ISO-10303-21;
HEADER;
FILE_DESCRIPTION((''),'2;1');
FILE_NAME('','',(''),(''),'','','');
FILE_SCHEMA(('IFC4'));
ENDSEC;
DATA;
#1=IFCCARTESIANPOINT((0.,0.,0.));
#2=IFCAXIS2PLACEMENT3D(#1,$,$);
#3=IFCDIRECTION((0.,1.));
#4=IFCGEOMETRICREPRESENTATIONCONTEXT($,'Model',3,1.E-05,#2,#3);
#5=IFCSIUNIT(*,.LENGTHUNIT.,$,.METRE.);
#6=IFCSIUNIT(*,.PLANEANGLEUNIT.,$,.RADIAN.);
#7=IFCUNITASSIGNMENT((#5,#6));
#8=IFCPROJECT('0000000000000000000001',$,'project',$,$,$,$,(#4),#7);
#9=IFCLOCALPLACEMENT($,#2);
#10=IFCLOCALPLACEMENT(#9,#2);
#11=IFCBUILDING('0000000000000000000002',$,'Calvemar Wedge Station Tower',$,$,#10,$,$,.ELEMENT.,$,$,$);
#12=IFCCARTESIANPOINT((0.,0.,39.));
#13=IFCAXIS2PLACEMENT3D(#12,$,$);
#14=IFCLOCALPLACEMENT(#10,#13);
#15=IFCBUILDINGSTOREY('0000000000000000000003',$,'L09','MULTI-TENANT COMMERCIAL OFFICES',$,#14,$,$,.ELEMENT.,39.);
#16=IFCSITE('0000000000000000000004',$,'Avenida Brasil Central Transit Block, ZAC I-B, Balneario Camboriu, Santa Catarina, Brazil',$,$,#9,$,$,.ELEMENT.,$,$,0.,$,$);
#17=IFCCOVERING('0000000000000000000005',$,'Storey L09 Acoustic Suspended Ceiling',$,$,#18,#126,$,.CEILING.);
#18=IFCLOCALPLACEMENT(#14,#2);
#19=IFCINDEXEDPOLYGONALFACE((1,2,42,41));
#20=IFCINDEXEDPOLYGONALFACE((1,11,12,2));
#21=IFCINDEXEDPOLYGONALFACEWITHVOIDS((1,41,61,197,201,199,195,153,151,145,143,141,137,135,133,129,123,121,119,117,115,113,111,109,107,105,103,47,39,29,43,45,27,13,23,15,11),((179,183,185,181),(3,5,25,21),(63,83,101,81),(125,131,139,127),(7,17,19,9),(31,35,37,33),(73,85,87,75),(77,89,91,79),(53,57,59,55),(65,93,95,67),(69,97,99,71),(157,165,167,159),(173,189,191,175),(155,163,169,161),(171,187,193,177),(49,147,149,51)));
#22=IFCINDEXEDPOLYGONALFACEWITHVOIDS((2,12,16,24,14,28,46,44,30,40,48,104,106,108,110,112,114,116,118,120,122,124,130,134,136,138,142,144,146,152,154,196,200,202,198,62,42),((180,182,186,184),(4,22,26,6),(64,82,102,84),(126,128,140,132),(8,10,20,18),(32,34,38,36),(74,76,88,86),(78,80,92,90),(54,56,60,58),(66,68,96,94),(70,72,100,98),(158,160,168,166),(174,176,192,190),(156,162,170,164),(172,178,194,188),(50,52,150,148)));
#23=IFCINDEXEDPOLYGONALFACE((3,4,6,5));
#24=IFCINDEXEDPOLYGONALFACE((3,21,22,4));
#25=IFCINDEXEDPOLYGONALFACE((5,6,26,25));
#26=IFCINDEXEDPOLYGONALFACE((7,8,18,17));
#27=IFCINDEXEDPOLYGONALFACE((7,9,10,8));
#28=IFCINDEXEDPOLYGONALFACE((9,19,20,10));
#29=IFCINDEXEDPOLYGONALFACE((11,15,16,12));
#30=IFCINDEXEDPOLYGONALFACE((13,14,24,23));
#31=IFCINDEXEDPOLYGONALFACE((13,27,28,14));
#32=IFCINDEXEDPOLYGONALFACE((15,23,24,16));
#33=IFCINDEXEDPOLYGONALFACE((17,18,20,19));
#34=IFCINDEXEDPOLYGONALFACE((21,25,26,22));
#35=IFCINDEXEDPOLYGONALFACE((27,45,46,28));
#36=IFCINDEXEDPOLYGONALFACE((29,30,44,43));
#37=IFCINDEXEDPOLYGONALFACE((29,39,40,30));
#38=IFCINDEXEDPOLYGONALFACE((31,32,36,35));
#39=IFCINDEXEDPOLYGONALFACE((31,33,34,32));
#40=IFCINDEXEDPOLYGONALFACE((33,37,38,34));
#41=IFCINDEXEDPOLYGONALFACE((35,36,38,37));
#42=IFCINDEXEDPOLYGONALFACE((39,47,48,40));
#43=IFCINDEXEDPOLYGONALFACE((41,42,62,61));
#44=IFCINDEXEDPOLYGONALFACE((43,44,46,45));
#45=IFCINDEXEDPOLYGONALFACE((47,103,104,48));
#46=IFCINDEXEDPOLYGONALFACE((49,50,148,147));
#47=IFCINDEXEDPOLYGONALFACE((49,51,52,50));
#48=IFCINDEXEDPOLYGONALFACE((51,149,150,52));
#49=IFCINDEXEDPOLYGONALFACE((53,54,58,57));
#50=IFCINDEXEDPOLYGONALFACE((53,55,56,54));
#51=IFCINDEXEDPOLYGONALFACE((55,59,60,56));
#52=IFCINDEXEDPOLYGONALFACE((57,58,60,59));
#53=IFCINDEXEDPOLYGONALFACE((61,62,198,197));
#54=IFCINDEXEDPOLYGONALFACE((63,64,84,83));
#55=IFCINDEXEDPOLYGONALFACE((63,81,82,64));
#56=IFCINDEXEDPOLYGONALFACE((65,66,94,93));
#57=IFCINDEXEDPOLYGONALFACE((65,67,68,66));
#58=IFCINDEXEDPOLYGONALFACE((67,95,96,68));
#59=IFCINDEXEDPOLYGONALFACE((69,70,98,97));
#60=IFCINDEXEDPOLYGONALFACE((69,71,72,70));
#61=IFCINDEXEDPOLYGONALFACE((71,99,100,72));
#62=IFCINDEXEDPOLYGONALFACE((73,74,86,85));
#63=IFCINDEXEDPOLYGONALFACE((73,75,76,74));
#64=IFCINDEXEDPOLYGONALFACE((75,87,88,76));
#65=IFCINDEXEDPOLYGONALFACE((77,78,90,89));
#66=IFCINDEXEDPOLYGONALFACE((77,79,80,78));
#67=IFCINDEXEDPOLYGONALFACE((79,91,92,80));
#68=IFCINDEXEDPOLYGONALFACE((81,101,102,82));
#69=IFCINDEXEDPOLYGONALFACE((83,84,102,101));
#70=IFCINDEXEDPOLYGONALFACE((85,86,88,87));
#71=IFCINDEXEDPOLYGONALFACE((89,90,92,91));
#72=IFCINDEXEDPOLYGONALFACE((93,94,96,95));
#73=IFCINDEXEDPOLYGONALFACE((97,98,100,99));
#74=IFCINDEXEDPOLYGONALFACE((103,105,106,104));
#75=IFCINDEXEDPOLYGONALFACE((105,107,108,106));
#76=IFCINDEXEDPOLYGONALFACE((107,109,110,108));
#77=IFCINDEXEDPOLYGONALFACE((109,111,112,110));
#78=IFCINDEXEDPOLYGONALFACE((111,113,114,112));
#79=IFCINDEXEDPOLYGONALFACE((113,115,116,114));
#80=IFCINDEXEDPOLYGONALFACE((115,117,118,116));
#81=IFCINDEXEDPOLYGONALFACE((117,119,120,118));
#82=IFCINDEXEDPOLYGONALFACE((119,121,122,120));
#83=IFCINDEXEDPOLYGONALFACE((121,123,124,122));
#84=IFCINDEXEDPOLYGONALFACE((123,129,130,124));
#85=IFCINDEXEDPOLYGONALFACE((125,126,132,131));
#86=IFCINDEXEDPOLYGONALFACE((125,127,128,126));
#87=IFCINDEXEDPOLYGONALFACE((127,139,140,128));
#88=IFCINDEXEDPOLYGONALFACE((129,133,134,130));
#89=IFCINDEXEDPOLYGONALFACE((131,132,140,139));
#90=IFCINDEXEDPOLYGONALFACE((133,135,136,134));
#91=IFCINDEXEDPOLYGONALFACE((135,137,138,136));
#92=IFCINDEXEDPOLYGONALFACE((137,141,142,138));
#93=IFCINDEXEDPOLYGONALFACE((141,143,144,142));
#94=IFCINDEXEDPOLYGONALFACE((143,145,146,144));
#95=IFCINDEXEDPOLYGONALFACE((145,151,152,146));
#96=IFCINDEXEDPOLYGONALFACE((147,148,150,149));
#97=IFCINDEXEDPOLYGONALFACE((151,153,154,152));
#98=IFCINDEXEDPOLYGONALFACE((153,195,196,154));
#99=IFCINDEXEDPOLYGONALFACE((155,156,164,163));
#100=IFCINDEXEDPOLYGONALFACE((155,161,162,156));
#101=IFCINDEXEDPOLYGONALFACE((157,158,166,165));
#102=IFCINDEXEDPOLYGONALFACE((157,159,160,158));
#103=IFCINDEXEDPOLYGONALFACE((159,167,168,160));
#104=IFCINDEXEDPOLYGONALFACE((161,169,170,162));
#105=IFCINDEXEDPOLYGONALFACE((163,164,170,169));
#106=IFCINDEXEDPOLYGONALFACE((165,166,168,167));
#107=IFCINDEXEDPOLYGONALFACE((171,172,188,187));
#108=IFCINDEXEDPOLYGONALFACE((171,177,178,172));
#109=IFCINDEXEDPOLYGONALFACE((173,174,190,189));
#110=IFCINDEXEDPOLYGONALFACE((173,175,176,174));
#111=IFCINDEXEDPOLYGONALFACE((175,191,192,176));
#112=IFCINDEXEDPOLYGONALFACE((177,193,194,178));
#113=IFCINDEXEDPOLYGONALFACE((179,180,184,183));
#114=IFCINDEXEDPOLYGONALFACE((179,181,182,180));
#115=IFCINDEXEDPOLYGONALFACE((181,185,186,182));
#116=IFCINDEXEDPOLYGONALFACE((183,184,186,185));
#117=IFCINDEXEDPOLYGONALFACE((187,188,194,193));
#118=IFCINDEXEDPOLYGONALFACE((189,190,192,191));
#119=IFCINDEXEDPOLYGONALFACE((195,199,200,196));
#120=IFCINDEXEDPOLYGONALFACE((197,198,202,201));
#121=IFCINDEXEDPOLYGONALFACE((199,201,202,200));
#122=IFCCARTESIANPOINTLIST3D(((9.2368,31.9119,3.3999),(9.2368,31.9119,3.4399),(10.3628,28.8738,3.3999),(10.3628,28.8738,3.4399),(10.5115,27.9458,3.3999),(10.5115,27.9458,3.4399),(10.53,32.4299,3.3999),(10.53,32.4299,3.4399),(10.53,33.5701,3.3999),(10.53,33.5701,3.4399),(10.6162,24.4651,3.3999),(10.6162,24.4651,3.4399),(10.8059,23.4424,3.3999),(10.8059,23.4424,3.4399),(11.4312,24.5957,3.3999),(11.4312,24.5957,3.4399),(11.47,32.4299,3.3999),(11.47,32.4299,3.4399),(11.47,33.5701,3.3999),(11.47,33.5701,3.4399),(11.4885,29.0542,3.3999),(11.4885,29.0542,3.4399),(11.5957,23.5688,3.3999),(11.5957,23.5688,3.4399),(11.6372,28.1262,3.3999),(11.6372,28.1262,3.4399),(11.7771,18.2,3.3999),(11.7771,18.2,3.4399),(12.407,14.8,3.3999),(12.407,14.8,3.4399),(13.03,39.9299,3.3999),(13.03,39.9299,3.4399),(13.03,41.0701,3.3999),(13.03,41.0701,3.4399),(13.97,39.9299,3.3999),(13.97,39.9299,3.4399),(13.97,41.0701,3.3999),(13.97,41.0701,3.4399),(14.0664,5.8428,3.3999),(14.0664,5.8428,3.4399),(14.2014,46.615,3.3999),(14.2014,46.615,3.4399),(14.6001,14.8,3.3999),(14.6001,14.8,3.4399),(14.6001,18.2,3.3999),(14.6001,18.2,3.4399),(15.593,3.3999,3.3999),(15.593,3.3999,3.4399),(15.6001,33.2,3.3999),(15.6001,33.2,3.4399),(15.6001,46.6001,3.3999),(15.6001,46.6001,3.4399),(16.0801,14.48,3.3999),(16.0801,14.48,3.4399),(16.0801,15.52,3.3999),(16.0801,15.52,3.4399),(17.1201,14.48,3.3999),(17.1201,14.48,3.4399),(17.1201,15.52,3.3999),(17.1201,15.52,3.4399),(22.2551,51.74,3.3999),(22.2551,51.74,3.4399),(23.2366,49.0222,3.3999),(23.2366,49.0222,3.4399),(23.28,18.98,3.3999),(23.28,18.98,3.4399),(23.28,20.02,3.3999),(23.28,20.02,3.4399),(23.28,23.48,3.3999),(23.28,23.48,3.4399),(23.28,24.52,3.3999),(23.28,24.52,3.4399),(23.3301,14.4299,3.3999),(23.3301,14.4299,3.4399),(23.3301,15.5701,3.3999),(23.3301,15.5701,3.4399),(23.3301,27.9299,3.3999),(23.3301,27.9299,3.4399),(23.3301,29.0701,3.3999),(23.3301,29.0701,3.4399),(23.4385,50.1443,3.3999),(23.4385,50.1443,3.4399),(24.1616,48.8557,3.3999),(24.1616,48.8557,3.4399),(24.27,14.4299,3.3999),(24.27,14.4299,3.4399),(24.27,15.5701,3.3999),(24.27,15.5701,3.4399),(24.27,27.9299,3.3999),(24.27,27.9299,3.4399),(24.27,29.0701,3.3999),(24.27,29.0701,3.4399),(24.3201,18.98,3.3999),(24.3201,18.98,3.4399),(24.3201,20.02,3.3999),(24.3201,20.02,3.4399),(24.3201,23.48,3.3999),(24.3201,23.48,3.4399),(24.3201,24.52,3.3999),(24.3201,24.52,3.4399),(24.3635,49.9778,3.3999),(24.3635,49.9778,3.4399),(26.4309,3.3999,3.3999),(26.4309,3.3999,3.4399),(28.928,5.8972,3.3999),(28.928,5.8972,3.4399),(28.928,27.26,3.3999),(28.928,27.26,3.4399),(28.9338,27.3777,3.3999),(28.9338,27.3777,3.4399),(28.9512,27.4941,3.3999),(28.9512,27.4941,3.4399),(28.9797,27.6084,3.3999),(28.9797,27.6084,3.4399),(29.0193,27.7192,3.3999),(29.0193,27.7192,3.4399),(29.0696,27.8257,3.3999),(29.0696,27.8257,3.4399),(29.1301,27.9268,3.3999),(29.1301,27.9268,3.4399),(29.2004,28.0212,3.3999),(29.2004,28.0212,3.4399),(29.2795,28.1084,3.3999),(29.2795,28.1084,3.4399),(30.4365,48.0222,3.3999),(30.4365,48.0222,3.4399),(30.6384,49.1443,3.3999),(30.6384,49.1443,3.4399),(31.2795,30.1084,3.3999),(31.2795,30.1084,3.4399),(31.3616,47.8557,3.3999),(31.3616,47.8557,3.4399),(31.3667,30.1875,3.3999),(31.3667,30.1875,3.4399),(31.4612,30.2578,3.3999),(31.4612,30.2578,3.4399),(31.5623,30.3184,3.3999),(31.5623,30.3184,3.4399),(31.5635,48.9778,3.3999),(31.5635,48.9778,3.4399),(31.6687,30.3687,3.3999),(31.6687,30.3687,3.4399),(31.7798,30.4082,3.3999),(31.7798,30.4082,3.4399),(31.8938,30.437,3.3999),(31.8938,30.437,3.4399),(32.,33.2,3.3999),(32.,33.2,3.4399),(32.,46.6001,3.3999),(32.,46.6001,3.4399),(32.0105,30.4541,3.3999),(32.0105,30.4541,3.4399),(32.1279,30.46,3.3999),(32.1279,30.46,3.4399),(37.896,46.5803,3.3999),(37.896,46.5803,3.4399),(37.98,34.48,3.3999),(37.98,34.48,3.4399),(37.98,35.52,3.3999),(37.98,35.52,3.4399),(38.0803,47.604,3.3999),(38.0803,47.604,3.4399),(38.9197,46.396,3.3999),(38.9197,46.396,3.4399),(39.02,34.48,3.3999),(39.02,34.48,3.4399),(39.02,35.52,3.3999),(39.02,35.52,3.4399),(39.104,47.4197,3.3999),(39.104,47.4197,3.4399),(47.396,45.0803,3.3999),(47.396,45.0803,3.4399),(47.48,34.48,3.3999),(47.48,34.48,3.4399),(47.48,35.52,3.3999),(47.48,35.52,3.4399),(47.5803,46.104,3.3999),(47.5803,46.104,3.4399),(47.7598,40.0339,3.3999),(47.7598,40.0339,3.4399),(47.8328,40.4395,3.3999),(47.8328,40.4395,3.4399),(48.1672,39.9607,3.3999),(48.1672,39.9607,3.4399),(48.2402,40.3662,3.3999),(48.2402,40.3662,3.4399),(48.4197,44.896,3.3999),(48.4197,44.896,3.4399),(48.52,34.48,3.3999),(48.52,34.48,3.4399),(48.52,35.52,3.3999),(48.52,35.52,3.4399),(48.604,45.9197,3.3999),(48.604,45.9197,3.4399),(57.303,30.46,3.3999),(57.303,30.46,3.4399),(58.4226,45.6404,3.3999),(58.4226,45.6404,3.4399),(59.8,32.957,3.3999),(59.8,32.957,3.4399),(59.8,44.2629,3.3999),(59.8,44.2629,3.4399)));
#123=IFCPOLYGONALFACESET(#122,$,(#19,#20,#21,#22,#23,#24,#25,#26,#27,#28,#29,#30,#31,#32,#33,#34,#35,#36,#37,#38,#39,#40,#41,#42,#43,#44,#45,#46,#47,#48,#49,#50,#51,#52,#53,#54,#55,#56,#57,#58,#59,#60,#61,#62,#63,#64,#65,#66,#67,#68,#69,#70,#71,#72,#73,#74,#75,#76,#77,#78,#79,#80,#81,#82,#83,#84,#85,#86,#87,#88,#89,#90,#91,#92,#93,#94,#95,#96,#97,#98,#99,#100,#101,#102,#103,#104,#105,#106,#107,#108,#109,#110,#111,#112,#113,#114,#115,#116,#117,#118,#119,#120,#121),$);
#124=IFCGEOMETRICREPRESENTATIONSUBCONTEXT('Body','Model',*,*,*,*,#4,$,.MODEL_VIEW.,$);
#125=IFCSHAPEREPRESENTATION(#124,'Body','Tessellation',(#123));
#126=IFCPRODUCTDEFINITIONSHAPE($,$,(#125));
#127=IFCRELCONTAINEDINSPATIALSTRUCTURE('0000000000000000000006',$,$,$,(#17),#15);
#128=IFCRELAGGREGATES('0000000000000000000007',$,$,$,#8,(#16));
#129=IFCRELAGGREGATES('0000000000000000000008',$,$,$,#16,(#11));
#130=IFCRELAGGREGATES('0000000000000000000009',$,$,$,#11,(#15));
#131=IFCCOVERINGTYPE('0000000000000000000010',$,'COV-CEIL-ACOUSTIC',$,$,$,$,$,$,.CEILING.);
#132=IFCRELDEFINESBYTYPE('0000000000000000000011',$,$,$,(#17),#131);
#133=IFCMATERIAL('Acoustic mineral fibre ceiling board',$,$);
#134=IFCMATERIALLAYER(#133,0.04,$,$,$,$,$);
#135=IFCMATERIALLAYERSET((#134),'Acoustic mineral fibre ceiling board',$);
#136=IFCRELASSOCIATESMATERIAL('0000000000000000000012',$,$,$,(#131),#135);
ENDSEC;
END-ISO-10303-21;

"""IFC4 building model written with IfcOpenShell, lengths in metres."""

from ifc_helpers import new_model, si_unit, direction, frame, origin, place, context, subcontext, project, spatial, polyline, outline, extrude, material, layer, layer_set, type_object, element, save


model = new_model("IFC4")

# Units and contexts
model_context = context("Model", 3, precision=1e-05, world=origin(), true_north=direction((0.0, 1.0)))
body_context = subcontext(model_context, "Body", "Model", "MODEL_VIEW")
ifc_project = project(units=[si_unit("LENGTHUNIT", "METRE"), si_unit("PLANEANGLEUNIT", "RADIAN")], contexts=[model_context])

# Site, building, storey
site_placement = place(None, origin())
site = spatial("IfcSite", under=ifc_project, at=site_placement, Name="Avenida Brasil Central Transit Block, ZAC I-B, Balneario Camboriu, Santa Catarina, Brazil", CompositionType="ELEMENT", RefElevation=0.0)
building_placement = place(site_placement, origin())
building = spatial("IfcBuilding", under=site, at=building_placement, Name="Calvemar Wedge Station Tower", CompositionType="ELEMENT")
storey_placement = place(building_placement, frame((0.0, 0.0, 39.0)))
storey = spatial("IfcBuildingStorey", under=building, at=storey_placement, Name="L09", Description="MULTI-TENANT COMMERCIAL OFFICES", CompositionType="ELEMENT", Elevation=39.0)

# Covering
ifc_material_1 = material(Name="Acoustic mineral fibre ceiling board")
ifc_layer_1 = layer(ifc_material_1, 0.04)
ifc_layer_set_1 = layer_set([ifc_layer_1], Name="Acoustic mineral fibre ceiling board")
covering_type_1 = type_object("IfcCoveringType", Name="COV-CEIL-ACOUSTIC", PredefinedType="CEILING", material=ifc_layer_set_1)
covering_1_placement = place(storey_placement, frame((0.0, 0.0, 3.3999)))
element("IfcCovering", 1, at=covering_1_placement, inside=storey, type_object=covering_type_1, Name="Storey L09 Acoustic Suspended Ceiling", PredefinedType="CEILING", context=body_context, shape_type="SweptSolid", body=[
    extrude(outline(polyline([(29.2795, 28.1084), (31.2795, 30.1084), (31.3667, 30.1875), (31.4612, 30.2578), (31.5623, 30.3184), (31.6687, 30.3687), (31.7798, 30.4082), (31.8938, 30.437), (32.0105, 30.4541), (32.1279, 30.46), (57.303, 30.46), (59.8, 32.957), (59.8, 44.2629), (58.4226, 45.6404), (22.2551, 51.74), (14.2014, 46.615), (9.2368, 31.9119), (10.6162, 24.4651), (11.4312, 24.5957), (11.5957, 23.5688), (10.8059, 23.4424), (11.7771, 18.2), (14.6001, 18.2), (14.6001, 14.8), (12.407, 14.8), (14.0664, 5.8428), (15.593, 3.3999), (26.4309, 3.3999), (28.928, 5.8972), (28.928, 27.26), (28.9338, 27.3777), (28.9512, 27.4941), (28.9797, 27.6084), (29.0193, 27.7192), (29.0696, 27.8257), (29.1301, 27.9268), (29.2004, 28.0212), (29.2795, 28.1084)]), holes=[polyline([(15.6001, 46.6001), (32.0, 46.6001), (32.0, 33.2), (15.6001, 33.2), (15.6001, 46.6001)]), polyline([(10.53, 32.4299), (10.53, 33.5701), (11.47, 33.5701), (11.47, 32.4299), (10.53, 32.4299)]), polyline([(13.03, 41.0701), (13.97, 41.0701), (13.97, 39.9299), (13.03, 39.9299), (13.03, 41.0701)]), polyline([(24.3635, 49.9778), (24.1616, 48.8557), (23.2366, 49.0222), (23.4385, 50.1443), (24.3635, 49.9778)]), polyline([(31.3616, 47.8557), (30.4365, 48.0222), (30.6384, 49.1443), (31.5635, 48.9778), (31.3616, 47.8557)]), polyline([(37.896, 46.5803), (38.0803, 47.604), (39.104, 47.4197), (38.9197, 46.396), (37.896, 46.5803)]), polyline([(47.5803, 46.104), (48.604, 45.9197), (48.4197, 44.896), (47.396, 45.0803), (47.5803, 46.104)]), polyline([(39.02, 35.52), (39.02, 34.48), (37.98, 34.48), (37.98, 35.52), (39.02, 35.52)]), polyline([(48.52, 34.48), (47.48, 34.48), (47.48, 35.52), (48.52, 35.52), (48.52, 34.48)]), polyline([(47.7598, 40.0339), (47.8328, 40.4395), (48.2402, 40.3662), (48.1672, 39.9607), (47.7598, 40.0339)]), polyline([(11.4885, 29.0542), (11.6372, 28.1262), (10.5115, 27.9458), (10.3628, 28.8738), (11.4885, 29.0542)]), polyline([(24.27, 27.9299), (23.3301, 27.9299), (23.3301, 29.0701), (24.27, 29.0701), (24.27, 27.9299)]), polyline([(23.28, 23.48), (23.28, 24.52), (24.3201, 24.52), (24.3201, 23.48), (23.28, 23.48)]), polyline([(23.28, 20.02), (24.3201, 20.02), (24.3201, 18.98), (23.28, 18.98), (23.28, 20.02)]), polyline([(24.27, 15.5701), (24.27, 14.4299), (23.3301, 14.4299), (23.3301, 15.5701), (24.27, 15.5701)]), polyline([(17.1201, 14.48), (16.0801, 14.48), (16.0801, 15.52), (17.1201, 15.52), (17.1201, 14.48)])]), origin(), (0.0, 0.0, 1.0), 0.04),
])

save(model, "model.ifc")
